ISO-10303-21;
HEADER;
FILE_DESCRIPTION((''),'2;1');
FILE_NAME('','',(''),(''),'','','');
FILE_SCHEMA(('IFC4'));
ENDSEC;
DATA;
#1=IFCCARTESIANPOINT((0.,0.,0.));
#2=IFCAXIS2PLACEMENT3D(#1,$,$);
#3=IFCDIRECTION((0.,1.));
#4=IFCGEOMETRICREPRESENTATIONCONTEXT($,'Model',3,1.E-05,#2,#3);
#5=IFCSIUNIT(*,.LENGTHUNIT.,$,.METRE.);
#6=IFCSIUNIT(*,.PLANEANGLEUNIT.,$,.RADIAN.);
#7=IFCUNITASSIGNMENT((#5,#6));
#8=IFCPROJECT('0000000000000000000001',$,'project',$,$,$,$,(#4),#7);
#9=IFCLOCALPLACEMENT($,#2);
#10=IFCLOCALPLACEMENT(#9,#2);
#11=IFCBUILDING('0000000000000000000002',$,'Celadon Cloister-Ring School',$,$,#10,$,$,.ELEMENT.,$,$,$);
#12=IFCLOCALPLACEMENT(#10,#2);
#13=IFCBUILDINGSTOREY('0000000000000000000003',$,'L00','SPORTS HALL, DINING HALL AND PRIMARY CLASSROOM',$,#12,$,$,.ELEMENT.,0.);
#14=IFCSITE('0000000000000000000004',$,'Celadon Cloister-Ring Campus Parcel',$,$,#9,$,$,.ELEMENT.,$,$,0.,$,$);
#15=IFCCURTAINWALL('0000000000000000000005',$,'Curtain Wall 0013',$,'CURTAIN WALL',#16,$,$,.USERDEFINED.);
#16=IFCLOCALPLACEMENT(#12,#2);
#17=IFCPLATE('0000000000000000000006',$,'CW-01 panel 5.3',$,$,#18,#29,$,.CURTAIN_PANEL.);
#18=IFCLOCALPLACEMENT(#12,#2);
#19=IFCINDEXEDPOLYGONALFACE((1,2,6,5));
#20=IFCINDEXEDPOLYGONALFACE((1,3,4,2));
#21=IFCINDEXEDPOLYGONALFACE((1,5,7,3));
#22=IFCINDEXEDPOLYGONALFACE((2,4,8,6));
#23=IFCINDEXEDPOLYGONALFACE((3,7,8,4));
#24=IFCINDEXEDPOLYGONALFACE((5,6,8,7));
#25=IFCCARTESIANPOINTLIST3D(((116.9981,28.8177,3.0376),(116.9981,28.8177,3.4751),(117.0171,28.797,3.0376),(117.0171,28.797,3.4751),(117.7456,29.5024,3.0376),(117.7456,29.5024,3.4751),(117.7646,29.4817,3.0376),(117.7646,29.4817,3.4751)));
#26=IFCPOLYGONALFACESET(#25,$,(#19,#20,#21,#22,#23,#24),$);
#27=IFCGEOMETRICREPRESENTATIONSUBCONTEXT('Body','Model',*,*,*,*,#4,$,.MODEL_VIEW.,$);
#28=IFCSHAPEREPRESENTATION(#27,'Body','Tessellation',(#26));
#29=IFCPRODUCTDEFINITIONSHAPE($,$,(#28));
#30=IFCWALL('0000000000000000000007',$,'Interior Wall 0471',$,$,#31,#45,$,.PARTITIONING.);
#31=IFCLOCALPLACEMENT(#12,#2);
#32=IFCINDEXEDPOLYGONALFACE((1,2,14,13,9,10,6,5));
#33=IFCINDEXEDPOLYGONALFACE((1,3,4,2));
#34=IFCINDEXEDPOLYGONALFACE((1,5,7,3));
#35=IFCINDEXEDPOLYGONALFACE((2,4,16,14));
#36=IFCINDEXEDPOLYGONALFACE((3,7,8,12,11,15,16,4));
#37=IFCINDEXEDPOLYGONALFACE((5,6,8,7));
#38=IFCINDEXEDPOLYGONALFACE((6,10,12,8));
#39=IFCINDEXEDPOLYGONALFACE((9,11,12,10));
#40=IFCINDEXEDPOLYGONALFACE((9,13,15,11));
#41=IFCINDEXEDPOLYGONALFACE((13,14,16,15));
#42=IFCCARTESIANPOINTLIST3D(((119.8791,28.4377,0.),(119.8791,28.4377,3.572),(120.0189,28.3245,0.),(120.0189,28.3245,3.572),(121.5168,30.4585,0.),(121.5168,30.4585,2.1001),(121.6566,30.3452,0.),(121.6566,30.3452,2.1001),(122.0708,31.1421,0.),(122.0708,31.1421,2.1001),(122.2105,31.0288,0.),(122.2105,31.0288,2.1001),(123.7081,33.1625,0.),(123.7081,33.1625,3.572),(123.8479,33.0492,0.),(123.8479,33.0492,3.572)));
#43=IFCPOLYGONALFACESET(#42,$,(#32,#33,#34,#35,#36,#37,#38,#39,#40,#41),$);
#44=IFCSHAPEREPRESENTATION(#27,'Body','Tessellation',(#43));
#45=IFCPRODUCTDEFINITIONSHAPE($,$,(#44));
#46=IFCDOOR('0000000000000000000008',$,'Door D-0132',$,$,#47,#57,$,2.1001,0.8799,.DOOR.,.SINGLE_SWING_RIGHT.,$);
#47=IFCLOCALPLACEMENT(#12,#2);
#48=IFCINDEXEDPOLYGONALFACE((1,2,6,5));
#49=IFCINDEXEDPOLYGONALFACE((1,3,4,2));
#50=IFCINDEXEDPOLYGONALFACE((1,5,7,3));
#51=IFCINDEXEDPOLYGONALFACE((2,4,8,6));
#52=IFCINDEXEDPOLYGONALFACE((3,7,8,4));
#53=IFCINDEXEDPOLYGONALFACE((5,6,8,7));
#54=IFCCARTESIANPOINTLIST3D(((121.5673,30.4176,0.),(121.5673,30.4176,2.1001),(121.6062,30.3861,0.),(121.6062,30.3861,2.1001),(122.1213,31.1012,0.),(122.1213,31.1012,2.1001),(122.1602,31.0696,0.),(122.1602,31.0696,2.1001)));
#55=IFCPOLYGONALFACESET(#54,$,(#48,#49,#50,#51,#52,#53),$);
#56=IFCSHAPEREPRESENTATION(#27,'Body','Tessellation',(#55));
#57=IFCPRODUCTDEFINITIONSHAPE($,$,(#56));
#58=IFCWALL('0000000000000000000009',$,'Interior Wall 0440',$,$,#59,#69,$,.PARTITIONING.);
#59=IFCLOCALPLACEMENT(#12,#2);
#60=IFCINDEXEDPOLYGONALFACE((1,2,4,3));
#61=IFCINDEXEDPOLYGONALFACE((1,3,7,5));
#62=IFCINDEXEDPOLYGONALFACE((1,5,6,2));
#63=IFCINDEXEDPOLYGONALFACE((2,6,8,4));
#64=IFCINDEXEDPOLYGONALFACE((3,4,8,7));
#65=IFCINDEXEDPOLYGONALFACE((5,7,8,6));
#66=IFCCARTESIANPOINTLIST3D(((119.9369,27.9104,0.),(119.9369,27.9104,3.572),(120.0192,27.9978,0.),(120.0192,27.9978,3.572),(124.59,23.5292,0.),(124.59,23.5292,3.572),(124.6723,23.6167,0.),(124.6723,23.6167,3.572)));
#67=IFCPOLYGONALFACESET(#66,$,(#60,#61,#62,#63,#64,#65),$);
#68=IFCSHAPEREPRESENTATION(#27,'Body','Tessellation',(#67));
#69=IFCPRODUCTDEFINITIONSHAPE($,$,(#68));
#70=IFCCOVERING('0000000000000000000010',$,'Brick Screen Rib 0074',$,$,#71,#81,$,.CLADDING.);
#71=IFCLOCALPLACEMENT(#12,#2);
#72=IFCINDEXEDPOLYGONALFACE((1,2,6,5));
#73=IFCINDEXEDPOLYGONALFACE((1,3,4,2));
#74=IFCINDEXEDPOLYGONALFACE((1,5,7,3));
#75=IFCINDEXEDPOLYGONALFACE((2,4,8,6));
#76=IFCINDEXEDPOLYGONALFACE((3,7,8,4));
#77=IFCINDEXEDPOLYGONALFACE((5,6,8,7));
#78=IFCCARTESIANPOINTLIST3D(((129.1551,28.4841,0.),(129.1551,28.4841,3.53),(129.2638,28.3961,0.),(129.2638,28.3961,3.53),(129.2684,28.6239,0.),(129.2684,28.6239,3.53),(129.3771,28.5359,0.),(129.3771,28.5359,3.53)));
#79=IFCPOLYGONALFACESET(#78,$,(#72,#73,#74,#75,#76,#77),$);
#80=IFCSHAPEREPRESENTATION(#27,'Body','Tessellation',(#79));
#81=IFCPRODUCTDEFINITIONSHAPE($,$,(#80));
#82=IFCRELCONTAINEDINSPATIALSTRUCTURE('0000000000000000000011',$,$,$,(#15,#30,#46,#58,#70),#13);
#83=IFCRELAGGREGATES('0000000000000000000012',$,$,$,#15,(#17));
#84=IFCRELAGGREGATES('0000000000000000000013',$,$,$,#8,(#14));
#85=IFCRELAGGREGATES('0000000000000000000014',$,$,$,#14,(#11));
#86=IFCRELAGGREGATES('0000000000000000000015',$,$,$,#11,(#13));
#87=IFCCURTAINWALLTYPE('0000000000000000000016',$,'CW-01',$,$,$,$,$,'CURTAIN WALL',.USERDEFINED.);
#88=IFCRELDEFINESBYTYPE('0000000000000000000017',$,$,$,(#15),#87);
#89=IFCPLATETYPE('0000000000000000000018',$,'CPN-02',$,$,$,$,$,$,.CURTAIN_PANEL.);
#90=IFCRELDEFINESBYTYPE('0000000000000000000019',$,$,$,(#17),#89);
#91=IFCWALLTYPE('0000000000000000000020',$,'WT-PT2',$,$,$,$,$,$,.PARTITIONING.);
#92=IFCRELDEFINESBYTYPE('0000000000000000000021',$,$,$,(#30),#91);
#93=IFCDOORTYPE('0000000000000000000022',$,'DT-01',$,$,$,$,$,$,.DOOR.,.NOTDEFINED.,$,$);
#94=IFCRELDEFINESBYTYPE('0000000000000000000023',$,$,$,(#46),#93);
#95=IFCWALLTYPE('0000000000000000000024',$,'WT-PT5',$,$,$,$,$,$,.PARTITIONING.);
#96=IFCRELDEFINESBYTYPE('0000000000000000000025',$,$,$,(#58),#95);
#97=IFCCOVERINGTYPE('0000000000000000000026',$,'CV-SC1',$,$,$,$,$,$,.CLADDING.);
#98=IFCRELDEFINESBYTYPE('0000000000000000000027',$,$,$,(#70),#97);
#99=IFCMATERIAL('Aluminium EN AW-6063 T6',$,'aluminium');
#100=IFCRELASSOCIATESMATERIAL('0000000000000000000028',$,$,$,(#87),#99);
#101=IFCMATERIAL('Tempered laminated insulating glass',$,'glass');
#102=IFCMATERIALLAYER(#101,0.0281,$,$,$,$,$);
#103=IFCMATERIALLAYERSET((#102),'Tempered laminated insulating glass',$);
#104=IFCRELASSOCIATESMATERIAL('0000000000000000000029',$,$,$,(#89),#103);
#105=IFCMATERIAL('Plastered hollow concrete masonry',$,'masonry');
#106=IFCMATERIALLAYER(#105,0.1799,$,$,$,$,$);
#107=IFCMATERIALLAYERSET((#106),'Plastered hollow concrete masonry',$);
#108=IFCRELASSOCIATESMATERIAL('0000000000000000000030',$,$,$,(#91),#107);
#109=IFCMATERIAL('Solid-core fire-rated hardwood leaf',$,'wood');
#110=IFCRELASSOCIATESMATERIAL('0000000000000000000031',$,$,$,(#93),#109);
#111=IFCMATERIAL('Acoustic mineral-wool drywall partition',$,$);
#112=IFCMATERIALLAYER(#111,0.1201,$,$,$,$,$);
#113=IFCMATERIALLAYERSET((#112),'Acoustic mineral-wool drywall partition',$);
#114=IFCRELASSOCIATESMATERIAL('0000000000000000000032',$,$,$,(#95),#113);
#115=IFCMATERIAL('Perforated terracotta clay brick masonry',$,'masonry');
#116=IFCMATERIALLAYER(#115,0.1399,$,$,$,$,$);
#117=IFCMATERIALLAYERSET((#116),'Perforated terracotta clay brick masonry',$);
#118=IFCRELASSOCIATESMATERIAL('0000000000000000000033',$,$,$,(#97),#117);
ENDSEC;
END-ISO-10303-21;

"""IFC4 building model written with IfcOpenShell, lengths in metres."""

from ifc_helpers import new_model, si_unit, direction, frame, frame_2d, origin, origin_2d, place, context, subcontext, project, spatial, rectangle, extrude, material, layer, layer_set, type_object, element, fill, aggregate, save


model = new_model("IFC4")

# Units and contexts
model_context = context("Model", 3, precision=1e-05, world=origin(), true_north=direction((0.0, 1.0)))
body_context = subcontext(model_context, "Body", "Model", "MODEL_VIEW")
ifc_project = project(units=[si_unit("LENGTHUNIT", "METRE"), si_unit("PLANEANGLEUNIT", "RADIAN")], contexts=[model_context])

# Site, building, storey
site_placement = place(None, origin())
site = spatial("IfcSite", under=ifc_project, at=site_placement, Name="Celadon Cloister-Ring Campus Parcel", CompositionType="ELEMENT", RefElevation=0.0)
building_placement = place(site_placement, origin())
building = spatial("IfcBuilding", under=site, at=building_placement, Name="Celadon Cloister-Ring School", CompositionType="ELEMENT")
storey_placement = place(building_placement, origin())
storey = spatial("IfcBuildingStorey", under=building, at=storey_placement, Name="L00", Description="SPORTS HALL, DINING HALL AND PRIMARY CLASSROOM", CompositionType="ELEMENT", Elevation=0.0)

# Curtain wall
ifc_material_1 = material(Name="Aluminium EN AW-6063 T6", Category="aluminium")
curtain_wall_type_1 = type_object("IfcCurtainWallType", Name="CW-01", ElementType="CURTAIN WALL", PredefinedType="USERDEFINED", material=ifc_material_1)
curtain_wall_1_placement = place(storey_placement, origin())
curtain_wall_1 = element("IfcCurtainWall", 1, at=curtain_wall_1_placement, inside=storey, type_object=curtain_wall_type_1, Name="Curtain Wall 0013", ObjectType="CURTAIN WALL", PredefinedType="USERDEFINED")

# Plate
ifc_material_2 = material(Name="Tempered laminated insulating glass", Category="glass")
ifc_layer_1 = layer(ifc_material_2, 0.0281)
ifc_layer_set_1 = layer_set([ifc_layer_1], Name="Tempered laminated insulating glass")
plate_type_1 = type_object("IfcPlateType", Name="CPN-02", PredefinedType="CURTAIN_PANEL", material=ifc_layer_set_1)
plate_1_placement = place(storey_placement, frame((117.3813, 29.1497, 3.0376), z_axis=(0.0, 0.0, 1.0), x_axis=(0.737388, 0.675469, 0.0)))
plate_1 = element("IfcPlate", 2, at=plate_1_placement, type_object=plate_type_1, Name="CW-01 panel 5.3", PredefinedType="CURTAIN_PANEL", context=body_context, shape_type="SweptSolid", body=[
    extrude(rectangle(XDim=1.0137, YDim=0.0281, at=origin_2d()), origin(), (0.0, 0.0, 1.0), 0.4375),
])
aggregate(curtain_wall_1, [plate_1])

# Wall, opening, door
ifc_material_3 = material(Name="Plastered hollow concrete masonry", Category="masonry")
ifc_layer_2 = layer(ifc_material_3, 0.1799)
ifc_layer_set_2 = layer_set([ifc_layer_2], Name="Plastered hollow concrete masonry")
wall_type_1 = type_object("IfcWallType", Name="WT-PT2", PredefinedType="PARTITIONING", material=ifc_layer_set_2)
wall_1_placement = place(storey_placement, frame((119.949, 28.3811, 0.0), z_axis=(0.0, 0.0, 1.0), x_axis=(0.629617, 0.776905, 0.0)))
wall_1 = element("IfcWall", 3, at=wall_1_placement, inside=storey, type_object=wall_type_1, Name="Interior Wall 0471", PredefinedType="PARTITIONING", context=body_context, shape_type="SweptSolid", body=[
    extrude(rectangle(XDim=6.0815, YDim=0.1799, at=frame_2d((3.0408, 0.0))), origin(), (0.0, 0.0, 1.0), 3.572),
])
opening_placement = place(wall_1_placement, frame((2.6011, 0.0, 0.0)))
opening = element("IfcOpeningElement", 4, at=opening_placement, cuts=wall_1, PredefinedType="OPENING", context=body_context, shape_type="SweptSolid", body=[
    extrude(rectangle(XDim=0.8799, YDim=2.1001, at=frame_2d((0.4399, 1.05))), frame((0.0, 0.1001, 0.0), z_axis=(0.0, -1.0, 0.0), x_axis=(1.0, 0.0, 0.0)), (0.0, 0.0, 1.0), 0.2),
])
ifc_material_4 = material(Name="Solid-core fire-rated hardwood leaf", Category="wood")
door_type = type_object("IfcDoorType", Name="DT-01", OperationType="NOTDEFINED", PredefinedType="DOOR", material=ifc_material_4)
door_placement = place(opening_placement, origin())
door = element("IfcDoor", 5, at=door_placement, inside=storey, type_object=door_type, Name="Door D-0132", OperationType="SINGLE_SWING_RIGHT", OverallHeight=2.1001, OverallWidth=0.8799, PredefinedType="DOOR", context=body_context, shape_type="SweptSolid", body=[
    extrude(rectangle(XDim=0.8799, YDim=2.1001, at=frame_2d((0.4399, 1.05))), frame((0.0, 0.0249, 0.0), z_axis=(0.0, -1.0, 0.0), x_axis=(1.0, 0.0, 0.0)), (0.0, 0.0, 1.0), 0.05),
])
fill(opening, door)

# Wall
ifc_material_5 = material(Name="Acoustic mineral-wool drywall partition")
ifc_layer_3 = layer(ifc_material_5, 0.1201)
ifc_layer_set_3 = layer_set([ifc_layer_3], Name="Acoustic mineral-wool drywall partition")
wall_type_2 = type_object("IfcWallType", Name="WT-PT5", PredefinedType="PARTITIONING", material=ifc_layer_set_3)
wall_2_placement = place(storey_placement, frame((119.978, 27.9541, 0.0), z_axis=(0.0, 0.0, 1.0), x_axis=(0.728064, -0.685509, 0.0)))
element("IfcWall", 6, at=wall_2_placement, inside=storey, type_object=wall_type_2, Name="Interior Wall 0440", PredefinedType="PARTITIONING", context=body_context, shape_type="SweptSolid", body=[
    extrude(rectangle(XDim=6.3911, YDim=0.1201, at=frame_2d((3.1956, 0.0))), origin(), (0.0, 0.0, 1.0), 3.572),
])

# Covering
ifc_material_6 = material(Name="Perforated terracotta clay brick masonry", Category="masonry")
ifc_layer_4 = layer(ifc_material_6, 0.1399)
ifc_layer_set_4 = layer_set([ifc_layer_4], Name="Perforated terracotta clay brick masonry")
covering_type = type_object("IfcCoveringType", Name="CV-SC1", PredefinedType="CLADDING", material=ifc_layer_set_4)
covering_placement = place(storey_placement, frame((129.2661, 28.51, 0.0), z_axis=(0.0, 0.0, 1.0), x_axis=(-0.62951, -0.776992, 0.0)))
element("IfcCovering", 7, at=covering_placement, inside=storey, type_object=covering_type, Name="Brick Screen Rib 0074", PredefinedType="CLADDING", context=body_context, shape_type="SweptSolid", body=[
    extrude(rectangle(XDim=0.1799, YDim=0.1399, at=origin_2d()), origin(), (0.0, 0.0, 1.0), 3.53),
])

save(model, "model.ifc")
